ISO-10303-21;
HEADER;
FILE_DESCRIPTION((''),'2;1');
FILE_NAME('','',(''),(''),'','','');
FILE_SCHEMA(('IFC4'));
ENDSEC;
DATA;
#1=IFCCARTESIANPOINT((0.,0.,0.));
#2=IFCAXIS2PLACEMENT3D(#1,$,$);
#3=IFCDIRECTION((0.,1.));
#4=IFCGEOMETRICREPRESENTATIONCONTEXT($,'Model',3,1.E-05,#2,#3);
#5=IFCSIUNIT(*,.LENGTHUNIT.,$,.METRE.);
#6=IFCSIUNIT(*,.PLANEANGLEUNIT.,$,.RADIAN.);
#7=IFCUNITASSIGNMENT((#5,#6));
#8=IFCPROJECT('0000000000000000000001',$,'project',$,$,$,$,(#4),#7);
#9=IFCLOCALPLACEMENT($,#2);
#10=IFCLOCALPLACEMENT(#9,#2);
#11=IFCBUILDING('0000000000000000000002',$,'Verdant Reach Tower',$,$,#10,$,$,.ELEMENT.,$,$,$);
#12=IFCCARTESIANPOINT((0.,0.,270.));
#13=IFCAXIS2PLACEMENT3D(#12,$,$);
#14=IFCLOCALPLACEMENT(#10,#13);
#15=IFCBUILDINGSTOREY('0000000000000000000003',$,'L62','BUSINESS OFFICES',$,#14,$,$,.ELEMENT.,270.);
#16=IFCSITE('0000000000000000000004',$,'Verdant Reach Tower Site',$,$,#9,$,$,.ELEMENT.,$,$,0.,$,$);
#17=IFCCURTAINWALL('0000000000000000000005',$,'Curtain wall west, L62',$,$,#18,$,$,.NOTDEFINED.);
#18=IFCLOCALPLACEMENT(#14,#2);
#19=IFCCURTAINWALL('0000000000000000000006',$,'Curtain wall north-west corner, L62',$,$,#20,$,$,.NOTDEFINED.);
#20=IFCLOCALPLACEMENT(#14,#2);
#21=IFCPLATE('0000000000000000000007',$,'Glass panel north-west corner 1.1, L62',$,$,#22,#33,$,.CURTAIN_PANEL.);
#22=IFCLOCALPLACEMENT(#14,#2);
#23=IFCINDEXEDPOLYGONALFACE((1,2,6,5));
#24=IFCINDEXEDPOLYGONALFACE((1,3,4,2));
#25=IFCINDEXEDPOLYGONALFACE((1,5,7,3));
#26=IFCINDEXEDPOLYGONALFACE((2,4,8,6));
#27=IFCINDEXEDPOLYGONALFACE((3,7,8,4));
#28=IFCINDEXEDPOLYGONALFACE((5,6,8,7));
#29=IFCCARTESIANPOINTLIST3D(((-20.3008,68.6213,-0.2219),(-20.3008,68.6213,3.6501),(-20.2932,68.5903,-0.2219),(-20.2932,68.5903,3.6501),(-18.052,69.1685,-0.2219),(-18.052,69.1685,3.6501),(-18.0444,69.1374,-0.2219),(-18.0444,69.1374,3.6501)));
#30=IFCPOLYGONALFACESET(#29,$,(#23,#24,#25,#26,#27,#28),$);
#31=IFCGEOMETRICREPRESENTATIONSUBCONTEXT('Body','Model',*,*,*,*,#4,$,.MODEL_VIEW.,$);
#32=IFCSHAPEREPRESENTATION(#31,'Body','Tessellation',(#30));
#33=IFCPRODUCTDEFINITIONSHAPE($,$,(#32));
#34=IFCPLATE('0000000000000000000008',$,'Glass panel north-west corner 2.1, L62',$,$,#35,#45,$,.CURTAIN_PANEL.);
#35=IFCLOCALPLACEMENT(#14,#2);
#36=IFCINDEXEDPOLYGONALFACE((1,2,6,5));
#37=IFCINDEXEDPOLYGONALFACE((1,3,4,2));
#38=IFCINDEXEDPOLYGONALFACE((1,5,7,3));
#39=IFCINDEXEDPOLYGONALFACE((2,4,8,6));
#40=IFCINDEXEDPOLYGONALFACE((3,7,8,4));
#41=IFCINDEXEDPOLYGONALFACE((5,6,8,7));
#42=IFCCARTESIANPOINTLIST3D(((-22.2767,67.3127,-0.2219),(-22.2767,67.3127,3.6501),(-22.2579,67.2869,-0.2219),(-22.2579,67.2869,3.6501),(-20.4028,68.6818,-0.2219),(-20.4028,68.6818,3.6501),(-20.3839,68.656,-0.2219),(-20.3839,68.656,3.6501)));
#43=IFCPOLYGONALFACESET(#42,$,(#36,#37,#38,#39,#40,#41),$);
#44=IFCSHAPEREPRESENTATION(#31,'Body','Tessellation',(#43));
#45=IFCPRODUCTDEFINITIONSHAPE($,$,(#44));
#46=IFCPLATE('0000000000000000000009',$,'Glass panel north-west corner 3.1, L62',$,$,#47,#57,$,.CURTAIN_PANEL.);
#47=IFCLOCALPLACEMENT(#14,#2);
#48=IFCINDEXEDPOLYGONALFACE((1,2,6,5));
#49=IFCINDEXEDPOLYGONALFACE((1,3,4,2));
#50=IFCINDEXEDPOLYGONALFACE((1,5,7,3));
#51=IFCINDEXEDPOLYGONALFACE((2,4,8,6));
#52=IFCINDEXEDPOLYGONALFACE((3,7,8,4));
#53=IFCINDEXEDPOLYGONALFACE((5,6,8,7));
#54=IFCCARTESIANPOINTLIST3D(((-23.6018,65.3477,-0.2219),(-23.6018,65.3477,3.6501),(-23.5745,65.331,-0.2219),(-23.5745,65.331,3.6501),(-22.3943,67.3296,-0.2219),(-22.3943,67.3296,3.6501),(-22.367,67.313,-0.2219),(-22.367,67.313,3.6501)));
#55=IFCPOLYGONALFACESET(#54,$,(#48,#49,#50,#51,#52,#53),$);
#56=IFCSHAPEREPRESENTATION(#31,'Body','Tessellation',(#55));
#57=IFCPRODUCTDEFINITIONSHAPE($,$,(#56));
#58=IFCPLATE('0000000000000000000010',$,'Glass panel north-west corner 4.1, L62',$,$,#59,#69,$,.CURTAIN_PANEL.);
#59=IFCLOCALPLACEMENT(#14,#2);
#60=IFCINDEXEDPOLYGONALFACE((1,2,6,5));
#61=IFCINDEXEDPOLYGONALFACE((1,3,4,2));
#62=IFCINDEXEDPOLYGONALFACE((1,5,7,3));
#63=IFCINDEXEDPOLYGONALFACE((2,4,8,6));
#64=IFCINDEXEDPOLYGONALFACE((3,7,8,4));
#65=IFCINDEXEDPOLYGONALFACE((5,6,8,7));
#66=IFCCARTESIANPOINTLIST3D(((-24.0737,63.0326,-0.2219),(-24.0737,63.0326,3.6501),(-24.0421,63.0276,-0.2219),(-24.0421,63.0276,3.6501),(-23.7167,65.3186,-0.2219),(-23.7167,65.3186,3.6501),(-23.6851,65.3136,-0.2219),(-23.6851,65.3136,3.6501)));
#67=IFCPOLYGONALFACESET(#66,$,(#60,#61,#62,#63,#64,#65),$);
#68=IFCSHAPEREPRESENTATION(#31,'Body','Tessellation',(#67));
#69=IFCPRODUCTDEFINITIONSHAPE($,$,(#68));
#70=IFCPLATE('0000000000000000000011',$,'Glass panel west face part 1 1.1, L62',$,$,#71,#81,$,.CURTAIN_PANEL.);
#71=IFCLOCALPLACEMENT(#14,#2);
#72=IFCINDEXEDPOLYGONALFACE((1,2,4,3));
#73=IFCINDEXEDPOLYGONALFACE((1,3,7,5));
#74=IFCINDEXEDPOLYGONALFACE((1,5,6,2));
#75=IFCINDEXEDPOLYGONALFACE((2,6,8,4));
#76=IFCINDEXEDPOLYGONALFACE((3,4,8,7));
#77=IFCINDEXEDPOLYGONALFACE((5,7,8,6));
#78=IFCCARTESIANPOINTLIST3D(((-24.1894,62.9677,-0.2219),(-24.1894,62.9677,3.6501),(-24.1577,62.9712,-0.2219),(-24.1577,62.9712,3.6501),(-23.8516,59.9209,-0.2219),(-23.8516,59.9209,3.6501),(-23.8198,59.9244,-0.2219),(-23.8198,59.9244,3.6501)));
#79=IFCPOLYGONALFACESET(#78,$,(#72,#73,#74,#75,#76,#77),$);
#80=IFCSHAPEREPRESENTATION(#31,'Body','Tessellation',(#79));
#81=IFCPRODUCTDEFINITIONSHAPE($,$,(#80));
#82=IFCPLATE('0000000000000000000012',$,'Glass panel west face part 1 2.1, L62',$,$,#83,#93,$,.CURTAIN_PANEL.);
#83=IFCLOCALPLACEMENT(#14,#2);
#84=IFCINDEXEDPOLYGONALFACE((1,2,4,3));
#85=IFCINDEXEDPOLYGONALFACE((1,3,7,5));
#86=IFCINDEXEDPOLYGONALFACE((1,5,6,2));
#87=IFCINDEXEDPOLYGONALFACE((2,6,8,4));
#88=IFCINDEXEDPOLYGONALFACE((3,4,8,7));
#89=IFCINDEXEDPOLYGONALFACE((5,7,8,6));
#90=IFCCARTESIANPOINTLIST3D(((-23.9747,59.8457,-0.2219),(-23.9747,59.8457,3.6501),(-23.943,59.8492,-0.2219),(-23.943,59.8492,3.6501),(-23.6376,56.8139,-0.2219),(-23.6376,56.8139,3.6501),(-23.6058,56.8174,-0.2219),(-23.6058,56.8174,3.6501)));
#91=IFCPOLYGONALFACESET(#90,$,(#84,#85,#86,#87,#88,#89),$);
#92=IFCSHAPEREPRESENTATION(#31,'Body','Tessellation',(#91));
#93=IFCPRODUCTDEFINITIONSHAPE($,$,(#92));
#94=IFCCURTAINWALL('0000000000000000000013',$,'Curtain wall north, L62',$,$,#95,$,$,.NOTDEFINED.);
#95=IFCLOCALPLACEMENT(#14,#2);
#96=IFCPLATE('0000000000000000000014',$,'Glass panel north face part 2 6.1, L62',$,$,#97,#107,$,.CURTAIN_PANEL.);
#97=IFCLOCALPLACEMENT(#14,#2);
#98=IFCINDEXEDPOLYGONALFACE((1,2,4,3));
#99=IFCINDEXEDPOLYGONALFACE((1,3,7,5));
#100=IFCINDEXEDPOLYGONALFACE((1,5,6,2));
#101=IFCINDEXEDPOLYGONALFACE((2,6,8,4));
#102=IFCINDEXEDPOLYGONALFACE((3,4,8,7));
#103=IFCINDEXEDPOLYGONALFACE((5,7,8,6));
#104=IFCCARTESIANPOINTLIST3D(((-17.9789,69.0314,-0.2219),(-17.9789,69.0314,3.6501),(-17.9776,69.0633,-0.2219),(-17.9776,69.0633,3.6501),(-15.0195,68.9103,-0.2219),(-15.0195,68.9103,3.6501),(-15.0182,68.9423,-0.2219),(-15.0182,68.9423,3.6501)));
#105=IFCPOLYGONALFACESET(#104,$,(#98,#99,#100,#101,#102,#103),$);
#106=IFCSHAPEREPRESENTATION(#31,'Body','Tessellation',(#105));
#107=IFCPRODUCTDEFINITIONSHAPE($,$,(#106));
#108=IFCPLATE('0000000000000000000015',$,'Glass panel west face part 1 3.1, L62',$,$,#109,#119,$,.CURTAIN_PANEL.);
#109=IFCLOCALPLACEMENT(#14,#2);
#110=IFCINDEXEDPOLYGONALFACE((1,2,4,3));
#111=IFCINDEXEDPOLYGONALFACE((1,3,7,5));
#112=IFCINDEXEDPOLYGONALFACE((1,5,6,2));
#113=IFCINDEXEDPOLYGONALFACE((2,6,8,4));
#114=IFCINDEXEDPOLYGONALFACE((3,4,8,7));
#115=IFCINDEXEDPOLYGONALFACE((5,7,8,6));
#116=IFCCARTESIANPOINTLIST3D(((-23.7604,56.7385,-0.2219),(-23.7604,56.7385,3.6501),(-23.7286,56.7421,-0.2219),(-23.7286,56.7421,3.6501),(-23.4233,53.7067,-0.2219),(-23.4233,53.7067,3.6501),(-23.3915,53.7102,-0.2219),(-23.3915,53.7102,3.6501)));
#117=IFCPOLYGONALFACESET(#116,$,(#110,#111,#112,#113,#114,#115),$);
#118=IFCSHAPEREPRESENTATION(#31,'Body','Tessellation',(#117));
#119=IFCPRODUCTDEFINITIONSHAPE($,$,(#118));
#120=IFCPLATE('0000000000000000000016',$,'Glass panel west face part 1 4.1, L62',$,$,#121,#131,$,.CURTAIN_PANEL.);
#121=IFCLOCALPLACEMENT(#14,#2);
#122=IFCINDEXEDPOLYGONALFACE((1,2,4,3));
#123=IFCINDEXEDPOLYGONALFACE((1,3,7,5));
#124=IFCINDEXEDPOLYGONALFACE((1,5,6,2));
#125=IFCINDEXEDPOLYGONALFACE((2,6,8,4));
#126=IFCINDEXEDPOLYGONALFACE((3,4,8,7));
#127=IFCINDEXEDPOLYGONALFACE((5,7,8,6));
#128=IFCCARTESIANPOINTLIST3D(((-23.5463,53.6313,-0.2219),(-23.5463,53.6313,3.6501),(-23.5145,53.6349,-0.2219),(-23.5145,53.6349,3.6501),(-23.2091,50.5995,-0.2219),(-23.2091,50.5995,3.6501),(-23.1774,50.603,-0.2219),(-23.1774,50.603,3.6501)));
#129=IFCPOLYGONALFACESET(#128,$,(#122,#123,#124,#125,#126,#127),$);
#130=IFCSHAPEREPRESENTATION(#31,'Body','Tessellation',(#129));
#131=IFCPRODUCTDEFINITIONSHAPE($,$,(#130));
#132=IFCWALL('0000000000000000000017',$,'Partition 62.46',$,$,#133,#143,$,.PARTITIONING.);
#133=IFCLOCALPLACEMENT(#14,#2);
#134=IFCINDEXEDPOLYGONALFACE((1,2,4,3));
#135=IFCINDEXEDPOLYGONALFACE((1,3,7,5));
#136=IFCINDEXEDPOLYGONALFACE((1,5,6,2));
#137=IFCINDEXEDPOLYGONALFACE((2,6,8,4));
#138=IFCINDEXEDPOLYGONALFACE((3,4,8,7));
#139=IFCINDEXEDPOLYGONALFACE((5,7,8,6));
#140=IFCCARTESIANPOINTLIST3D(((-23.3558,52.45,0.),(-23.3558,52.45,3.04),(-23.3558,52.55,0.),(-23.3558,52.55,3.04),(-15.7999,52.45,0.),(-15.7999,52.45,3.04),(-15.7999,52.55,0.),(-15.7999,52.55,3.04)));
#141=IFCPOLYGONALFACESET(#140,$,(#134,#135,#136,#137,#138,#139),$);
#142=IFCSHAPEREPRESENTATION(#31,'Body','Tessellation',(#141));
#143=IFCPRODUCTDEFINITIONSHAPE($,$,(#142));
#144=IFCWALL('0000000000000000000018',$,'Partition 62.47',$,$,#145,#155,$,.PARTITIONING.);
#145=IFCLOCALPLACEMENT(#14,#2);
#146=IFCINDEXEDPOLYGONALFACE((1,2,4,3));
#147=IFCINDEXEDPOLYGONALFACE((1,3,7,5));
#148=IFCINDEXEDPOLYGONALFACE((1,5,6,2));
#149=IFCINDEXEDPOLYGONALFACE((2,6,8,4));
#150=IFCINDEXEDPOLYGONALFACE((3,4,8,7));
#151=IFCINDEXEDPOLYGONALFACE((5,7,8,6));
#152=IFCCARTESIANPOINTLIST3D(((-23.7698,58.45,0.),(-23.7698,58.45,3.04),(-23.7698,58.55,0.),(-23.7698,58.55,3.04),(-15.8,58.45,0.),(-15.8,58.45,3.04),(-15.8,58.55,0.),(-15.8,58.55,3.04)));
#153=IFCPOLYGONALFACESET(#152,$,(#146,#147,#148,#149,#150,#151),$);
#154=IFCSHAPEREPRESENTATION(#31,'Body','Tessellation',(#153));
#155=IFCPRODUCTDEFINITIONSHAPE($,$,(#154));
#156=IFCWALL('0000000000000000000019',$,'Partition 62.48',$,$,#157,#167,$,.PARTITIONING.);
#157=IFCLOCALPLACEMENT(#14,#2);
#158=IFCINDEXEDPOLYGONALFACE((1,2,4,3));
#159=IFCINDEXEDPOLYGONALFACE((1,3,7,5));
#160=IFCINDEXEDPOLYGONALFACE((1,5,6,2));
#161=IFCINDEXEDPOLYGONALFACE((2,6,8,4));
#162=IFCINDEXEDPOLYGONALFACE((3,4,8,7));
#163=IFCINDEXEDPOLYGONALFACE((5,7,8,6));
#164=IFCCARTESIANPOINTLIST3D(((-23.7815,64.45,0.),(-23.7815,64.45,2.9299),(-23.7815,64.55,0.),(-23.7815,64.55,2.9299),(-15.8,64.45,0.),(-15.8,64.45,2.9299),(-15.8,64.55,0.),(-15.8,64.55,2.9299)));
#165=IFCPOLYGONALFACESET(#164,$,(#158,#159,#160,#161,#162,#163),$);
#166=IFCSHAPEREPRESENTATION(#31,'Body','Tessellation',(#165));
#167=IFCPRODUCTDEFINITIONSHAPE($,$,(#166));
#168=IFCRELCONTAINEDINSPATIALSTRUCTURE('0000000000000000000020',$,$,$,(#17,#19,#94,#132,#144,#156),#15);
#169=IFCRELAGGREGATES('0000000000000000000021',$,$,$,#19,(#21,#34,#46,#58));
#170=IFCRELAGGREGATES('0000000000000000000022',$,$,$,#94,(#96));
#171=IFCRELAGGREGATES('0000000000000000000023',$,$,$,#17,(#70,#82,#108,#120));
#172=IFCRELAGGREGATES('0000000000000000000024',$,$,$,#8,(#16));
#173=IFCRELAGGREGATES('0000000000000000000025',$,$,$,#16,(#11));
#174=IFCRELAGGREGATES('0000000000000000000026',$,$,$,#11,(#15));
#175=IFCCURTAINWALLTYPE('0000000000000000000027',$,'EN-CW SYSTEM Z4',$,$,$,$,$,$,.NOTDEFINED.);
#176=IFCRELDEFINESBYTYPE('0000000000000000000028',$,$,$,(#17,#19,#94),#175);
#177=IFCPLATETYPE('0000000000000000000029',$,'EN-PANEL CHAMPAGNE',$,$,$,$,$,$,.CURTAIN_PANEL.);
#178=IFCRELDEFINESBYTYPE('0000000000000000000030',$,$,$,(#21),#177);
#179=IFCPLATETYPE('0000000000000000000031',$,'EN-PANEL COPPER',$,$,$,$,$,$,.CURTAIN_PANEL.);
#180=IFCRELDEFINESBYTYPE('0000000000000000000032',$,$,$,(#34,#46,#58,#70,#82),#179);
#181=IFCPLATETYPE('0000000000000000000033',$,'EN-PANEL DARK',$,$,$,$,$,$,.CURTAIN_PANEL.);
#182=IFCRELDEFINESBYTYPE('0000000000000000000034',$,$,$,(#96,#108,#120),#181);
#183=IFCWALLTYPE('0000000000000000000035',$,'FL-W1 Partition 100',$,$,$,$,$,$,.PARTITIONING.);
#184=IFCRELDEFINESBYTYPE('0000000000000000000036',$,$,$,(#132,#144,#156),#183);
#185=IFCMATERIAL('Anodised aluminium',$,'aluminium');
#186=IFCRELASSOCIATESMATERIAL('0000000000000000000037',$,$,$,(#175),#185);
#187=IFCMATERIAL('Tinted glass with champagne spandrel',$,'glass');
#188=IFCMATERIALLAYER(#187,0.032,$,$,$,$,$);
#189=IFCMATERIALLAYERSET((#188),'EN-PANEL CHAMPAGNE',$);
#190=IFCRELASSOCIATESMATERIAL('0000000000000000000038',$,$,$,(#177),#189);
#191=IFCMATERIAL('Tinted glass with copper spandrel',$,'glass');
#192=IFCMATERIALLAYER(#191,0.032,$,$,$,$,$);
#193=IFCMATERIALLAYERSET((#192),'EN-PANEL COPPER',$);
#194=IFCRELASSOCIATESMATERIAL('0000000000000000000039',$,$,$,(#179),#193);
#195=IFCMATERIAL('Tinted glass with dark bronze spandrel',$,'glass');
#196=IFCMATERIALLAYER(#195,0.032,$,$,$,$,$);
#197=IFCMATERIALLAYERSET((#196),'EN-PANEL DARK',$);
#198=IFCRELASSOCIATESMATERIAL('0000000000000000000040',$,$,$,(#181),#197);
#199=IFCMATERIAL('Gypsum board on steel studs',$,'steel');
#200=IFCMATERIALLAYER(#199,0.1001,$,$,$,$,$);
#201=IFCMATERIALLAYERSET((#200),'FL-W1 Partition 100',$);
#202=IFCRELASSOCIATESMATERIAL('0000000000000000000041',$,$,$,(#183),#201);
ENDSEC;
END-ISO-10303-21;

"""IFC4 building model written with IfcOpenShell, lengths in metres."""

from ifc_helpers import new_model, si_unit, direction, frame, frame_2d, origin, origin_2d, place, context, subcontext, project, spatial, rectangle, extrude, material, layer, layer_set, type_object, element, aggregate, save


model = new_model("IFC4")

# Units and contexts
model_context = context("Model", 3, precision=1e-05, world=origin(), true_north=direction((0.0, 1.0)))
body_context = subcontext(model_context, "Body", "Model", "MODEL_VIEW")
ifc_project = project(units=[si_unit("LENGTHUNIT", "METRE"), si_unit("PLANEANGLEUNIT", "RADIAN")], contexts=[model_context])

# Site, building, storey
site_placement = place(None, origin())
site = spatial("IfcSite", under=ifc_project, at=site_placement, Name="Verdant Reach Tower Site", CompositionType="ELEMENT", RefElevation=0.0)
building_placement = place(site_placement, origin())
building = spatial("IfcBuilding", under=site, at=building_placement, Name="Verdant Reach Tower", CompositionType="ELEMENT")
storey_placement = place(building_placement, frame((0.0, 0.0, 270.0)))
storey = spatial("IfcBuildingStorey", under=building, at=storey_placement, Name="L62", Description="BUSINESS OFFICES", CompositionType="ELEMENT", Elevation=270.0)

# Curtain wall
ifc_material_1 = material(Name="Anodised aluminium", Category="aluminium")
curtain_wall_type = type_object("IfcCurtainWallType", Name="EN-CW SYSTEM Z4", PredefinedType="NOTDEFINED", material=ifc_material_1)
curtain_wall_1_placement = place(storey_placement, origin())
curtain_wall_1 = element("IfcCurtainWall", 1, at=curtain_wall_1_placement, inside=storey, type_object=curtain_wall_type, Name="Curtain wall west, L62", PredefinedType="NOTDEFINED")

# Curtain wall, plates
curtain_wall_2_placement = place(storey_placement, origin())
curtain_wall_2 = element("IfcCurtainWall", 2, at=curtain_wall_2_placement, inside=storey, type_object=curtain_wall_type, Name="Curtain wall north-west corner, L62", PredefinedType="NOTDEFINED")
ifc_material_2 = material(Name="Tinted glass with champagne spandrel", Category="glass")
ifc_layer_1 = layer(ifc_material_2, 0.032)
ifc_layer_set_1 = layer_set([ifc_layer_1], Name="EN-PANEL CHAMPAGNE")
plate_type_1 = type_object("IfcPlateType", Name="EN-PANEL CHAMPAGNE", PredefinedType="CURTAIN_PANEL", material=ifc_layer_set_1)
plate_1_placement = place(storey_placement, frame((-19.1726, 68.8794, -0.2219), z_axis=(0.0, 0.0, 1.0), x_axis=(-0.971652, -0.236414, 0.0)))
plate_1 = element("IfcPlate", 3, at=plate_1_placement, type_object=plate_type_1, Name="Glass panel north-west corner 1.1, L62", PredefinedType="CURTAIN_PANEL", context=body_context, shape_type="SweptSolid", body=[
    extrude(rectangle(XDim=2.3145, YDim=0.032, at=origin_2d()), origin(), (0.0, 0.0, 1.0), 3.8721),
])
ifc_material_3 = material(Name="Tinted glass with copper spandrel", Category="glass")
ifc_layer_2 = layer(ifc_material_3, 0.032)
ifc_layer_set_2 = layer_set([ifc_layer_2], Name="EN-PANEL COPPER")
plate_type_2 = type_object("IfcPlateType", Name="EN-PANEL COPPER", PredefinedType="CURTAIN_PANEL", material=ifc_layer_set_2)
plate_2_placement = place(storey_placement, frame((-21.3303, 67.9844, -0.2219), z_axis=(0.0, 0.0, 1.0), x_axis=(-0.807457, -0.589927, 0.0)))
plate_2 = element("IfcPlate", 4, at=plate_2_placement, type_object=plate_type_2, Name="Glass panel north-west corner 2.1, L62", PredefinedType="CURTAIN_PANEL", context=body_context, shape_type="SweptSolid", body=[
    extrude(rectangle(XDim=2.3208, YDim=0.032, at=origin_2d()), origin(), (0.0, 0.0, 1.0), 3.8721),
])
plate_3_placement = place(storey_placement, frame((-22.9844, 66.3303, -0.2219), z_axis=(0.0, 0.0, 1.0), x_axis=(-0.520292, -0.853989, 0.0)))
plate_3 = element("IfcPlate", 5, at=plate_3_placement, type_object=plate_type_2, Name="Glass panel north-west corner 3.1, L62", PredefinedType="CURTAIN_PANEL", context=body_context, shape_type="SweptSolid", body=[
    extrude(rectangle(XDim=2.3208, YDim=0.032, at=origin_2d()), origin(), (0.0, 0.0, 1.0), 3.8721),
])
plate_4_placement = place(storey_placement, frame((-23.8794, 64.1731, -0.2219), z_axis=(0.0, 0.0, 1.0), x_axis=(-0.154325, -0.98802, 0.0)))
plate_4 = element("IfcPlate", 6, at=plate_4_placement, type_object=plate_type_2, Name="Glass panel north-west corner 4.1, L62", PredefinedType="CURTAIN_PANEL", context=body_context, shape_type="SweptSolid", body=[
    extrude(rectangle(XDim=2.3137, YDim=0.032, at=origin_2d()), origin(), (0.0, 0.0, 1.0), 3.8721),
])
aggregate(curtain_wall_2, [plate_1, plate_2, plate_3, plate_4])

# Plates
plate_5_placement = place(storey_placement, frame((-24.0046, 61.446, -0.2219), z_axis=(0.0, 0.0, 1.0), x_axis=(0.110206, -0.993909, 0.0)))
plate_5 = element("IfcPlate", 7, at=plate_5_placement, type_object=plate_type_2, Name="Glass panel west face part 1 1.1, L62", PredefinedType="CURTAIN_PANEL", context=body_context, shape_type="SweptSolid", body=[
    extrude(rectangle(XDim=3.0654, YDim=0.032, at=origin_2d()), origin(), (0.0, 0.0, 1.0), 3.8721),
])
plate_6_placement = place(storey_placement, frame((-23.7903, 58.3315, -0.2219), z_axis=(0.0, 0.0, 1.0), x_axis=(0.110518, -0.993874, 0.0)))
plate_6 = element("IfcPlate", 8, at=plate_6_placement, type_object=plate_type_2, Name="Glass panel west face part 1 2.1, L62", PredefinedType="CURTAIN_PANEL", context=body_context, shape_type="SweptSolid", body=[
    extrude(rectangle(XDim=3.0505, YDim=0.032, at=origin_2d()), origin(), (0.0, 0.0, 1.0), 3.8721),
])

# Curtain wall, plate
curtain_wall_3_placement = place(storey_placement, origin())
curtain_wall_3 = element("IfcCurtainWall", 9, at=curtain_wall_3_placement, inside=storey, type_object=curtain_wall_type, Name="Curtain wall north, L62", PredefinedType="NOTDEFINED")
ifc_material_4 = material(Name="Tinted glass with dark bronze spandrel", Category="glass")
ifc_layer_3 = layer(ifc_material_4, 0.032)
ifc_layer_set_3 = layer_set([ifc_layer_3], Name="EN-PANEL DARK")
plate_type_3 = type_object("IfcPlateType", Name="EN-PANEL DARK", PredefinedType="CURTAIN_PANEL", material=ifc_layer_set_3)
plate_7_placement = place(storey_placement, frame((-16.4985, 68.9868, -0.2219), z_axis=(0.0, 0.0, 1.0), x_axis=(-0.999164, 0.040881, 0.0)))
plate_7 = element("IfcPlate", 10, at=plate_7_placement, type_object=plate_type_3, Name="Glass panel north face part 2 6.1, L62", PredefinedType="CURTAIN_PANEL", context=body_context, shape_type="SweptSolid", body=[
    extrude(rectangle(XDim=2.9619, YDim=0.032, at=origin_2d()), origin(), (0.0, 0.0, 1.0), 3.8721),
])
aggregate(curtain_wall_3, [plate_7])

# Plates
plate_8_placement = place(storey_placement, frame((-23.5759, 55.2244, -0.2219), z_axis=(0.0, 0.0, 1.0), x_axis=(0.110518, -0.993874, 0.0)))
plate_8 = element("IfcPlate", 11, at=plate_8_placement, type_object=plate_type_3, Name="Glass panel west face part 1 3.1, L62", PredefinedType="CURTAIN_PANEL", context=body_context, shape_type="SweptSolid", body=[
    extrude(rectangle(XDim=3.0505, YDim=0.032, at=origin_2d()), origin(), (0.0, 0.0, 1.0), 3.8721),
])
plate_9_placement = place(storey_placement, frame((-23.3618, 52.1172, -0.2219), z_axis=(0.0, 0.0, 1.0), x_axis=(0.110518, -0.993874, 0.0)))
plate_9 = element("IfcPlate", 12, at=plate_9_placement, type_object=plate_type_3, Name="Glass panel west face part 1 4.1, L62", PredefinedType="CURTAIN_PANEL", context=body_context, shape_type="SweptSolid", body=[
    extrude(rectangle(XDim=3.0505, YDim=0.032, at=origin_2d()), origin(), (0.0, 0.0, 1.0), 3.8721),
])
aggregate(curtain_wall_1, [plate_5, plate_6, plate_8, plate_9])

# Walls
ifc_material_5 = material(Name="Gypsum board on steel studs", Category="steel")
ifc_layer_4 = layer(ifc_material_5, 0.1001)
ifc_layer_set_4 = layer_set([ifc_layer_4], Name="FL-W1 Partition 100")
wall_type_1 = type_object("IfcWallType", Name="FL-W1 Partition 100", PredefinedType="PARTITIONING", material=ifc_layer_set_4)
wall_1_placement = place(storey_placement, frame((-15.8, 52.5, 0.0), z_axis=(0.0, 0.0, 1.0), x_axis=(-1.0, 0.0, 0.0)))
element("IfcWall", 13, at=wall_1_placement, inside=storey, type_object=wall_type_1, Name="Partition 62.46", PredefinedType="PARTITIONING", context=body_context, shape_type="SweptSolid", body=[
    extrude(rectangle(XDim=7.5559, YDim=0.1001, at=frame_2d((3.7778, 0.0))), origin(), (0.0, 0.0, 1.0), 3.04),
])
wall_2_placement = place(storey_placement, frame((-15.8, 58.5, 0.0), z_axis=(0.0, 0.0, 1.0), x_axis=(-1.0, 0.0, 0.0)))
element("IfcWall", 14, at=wall_2_placement, inside=storey, type_object=wall_type_1, Name="Partition 62.47", PredefinedType="PARTITIONING", context=body_context, shape_type="SweptSolid", body=[
    extrude(rectangle(XDim=7.9697, YDim=0.1001, at=frame_2d((3.9849, 0.0))), origin(), (0.0, 0.0, 1.0), 3.04),
])
wall_3_placement = place(storey_placement, frame((-15.8, 64.5, 0.0), z_axis=(0.0, 0.0, 1.0), x_axis=(-1.0, 0.0, 0.0)))
element("IfcWall", 15, at=wall_3_placement, inside=storey, type_object=wall_type_1, Name="Partition 62.48", PredefinedType="PARTITIONING", context=body_context, shape_type="SweptSolid", body=[
    extrude(rectangle(XDim=7.9814, YDim=0.1001, at=frame_2d((3.9907, 0.0))), origin(), (0.0, 0.0, 1.0), 2.9299),
])

save(model, "model.ifc")
